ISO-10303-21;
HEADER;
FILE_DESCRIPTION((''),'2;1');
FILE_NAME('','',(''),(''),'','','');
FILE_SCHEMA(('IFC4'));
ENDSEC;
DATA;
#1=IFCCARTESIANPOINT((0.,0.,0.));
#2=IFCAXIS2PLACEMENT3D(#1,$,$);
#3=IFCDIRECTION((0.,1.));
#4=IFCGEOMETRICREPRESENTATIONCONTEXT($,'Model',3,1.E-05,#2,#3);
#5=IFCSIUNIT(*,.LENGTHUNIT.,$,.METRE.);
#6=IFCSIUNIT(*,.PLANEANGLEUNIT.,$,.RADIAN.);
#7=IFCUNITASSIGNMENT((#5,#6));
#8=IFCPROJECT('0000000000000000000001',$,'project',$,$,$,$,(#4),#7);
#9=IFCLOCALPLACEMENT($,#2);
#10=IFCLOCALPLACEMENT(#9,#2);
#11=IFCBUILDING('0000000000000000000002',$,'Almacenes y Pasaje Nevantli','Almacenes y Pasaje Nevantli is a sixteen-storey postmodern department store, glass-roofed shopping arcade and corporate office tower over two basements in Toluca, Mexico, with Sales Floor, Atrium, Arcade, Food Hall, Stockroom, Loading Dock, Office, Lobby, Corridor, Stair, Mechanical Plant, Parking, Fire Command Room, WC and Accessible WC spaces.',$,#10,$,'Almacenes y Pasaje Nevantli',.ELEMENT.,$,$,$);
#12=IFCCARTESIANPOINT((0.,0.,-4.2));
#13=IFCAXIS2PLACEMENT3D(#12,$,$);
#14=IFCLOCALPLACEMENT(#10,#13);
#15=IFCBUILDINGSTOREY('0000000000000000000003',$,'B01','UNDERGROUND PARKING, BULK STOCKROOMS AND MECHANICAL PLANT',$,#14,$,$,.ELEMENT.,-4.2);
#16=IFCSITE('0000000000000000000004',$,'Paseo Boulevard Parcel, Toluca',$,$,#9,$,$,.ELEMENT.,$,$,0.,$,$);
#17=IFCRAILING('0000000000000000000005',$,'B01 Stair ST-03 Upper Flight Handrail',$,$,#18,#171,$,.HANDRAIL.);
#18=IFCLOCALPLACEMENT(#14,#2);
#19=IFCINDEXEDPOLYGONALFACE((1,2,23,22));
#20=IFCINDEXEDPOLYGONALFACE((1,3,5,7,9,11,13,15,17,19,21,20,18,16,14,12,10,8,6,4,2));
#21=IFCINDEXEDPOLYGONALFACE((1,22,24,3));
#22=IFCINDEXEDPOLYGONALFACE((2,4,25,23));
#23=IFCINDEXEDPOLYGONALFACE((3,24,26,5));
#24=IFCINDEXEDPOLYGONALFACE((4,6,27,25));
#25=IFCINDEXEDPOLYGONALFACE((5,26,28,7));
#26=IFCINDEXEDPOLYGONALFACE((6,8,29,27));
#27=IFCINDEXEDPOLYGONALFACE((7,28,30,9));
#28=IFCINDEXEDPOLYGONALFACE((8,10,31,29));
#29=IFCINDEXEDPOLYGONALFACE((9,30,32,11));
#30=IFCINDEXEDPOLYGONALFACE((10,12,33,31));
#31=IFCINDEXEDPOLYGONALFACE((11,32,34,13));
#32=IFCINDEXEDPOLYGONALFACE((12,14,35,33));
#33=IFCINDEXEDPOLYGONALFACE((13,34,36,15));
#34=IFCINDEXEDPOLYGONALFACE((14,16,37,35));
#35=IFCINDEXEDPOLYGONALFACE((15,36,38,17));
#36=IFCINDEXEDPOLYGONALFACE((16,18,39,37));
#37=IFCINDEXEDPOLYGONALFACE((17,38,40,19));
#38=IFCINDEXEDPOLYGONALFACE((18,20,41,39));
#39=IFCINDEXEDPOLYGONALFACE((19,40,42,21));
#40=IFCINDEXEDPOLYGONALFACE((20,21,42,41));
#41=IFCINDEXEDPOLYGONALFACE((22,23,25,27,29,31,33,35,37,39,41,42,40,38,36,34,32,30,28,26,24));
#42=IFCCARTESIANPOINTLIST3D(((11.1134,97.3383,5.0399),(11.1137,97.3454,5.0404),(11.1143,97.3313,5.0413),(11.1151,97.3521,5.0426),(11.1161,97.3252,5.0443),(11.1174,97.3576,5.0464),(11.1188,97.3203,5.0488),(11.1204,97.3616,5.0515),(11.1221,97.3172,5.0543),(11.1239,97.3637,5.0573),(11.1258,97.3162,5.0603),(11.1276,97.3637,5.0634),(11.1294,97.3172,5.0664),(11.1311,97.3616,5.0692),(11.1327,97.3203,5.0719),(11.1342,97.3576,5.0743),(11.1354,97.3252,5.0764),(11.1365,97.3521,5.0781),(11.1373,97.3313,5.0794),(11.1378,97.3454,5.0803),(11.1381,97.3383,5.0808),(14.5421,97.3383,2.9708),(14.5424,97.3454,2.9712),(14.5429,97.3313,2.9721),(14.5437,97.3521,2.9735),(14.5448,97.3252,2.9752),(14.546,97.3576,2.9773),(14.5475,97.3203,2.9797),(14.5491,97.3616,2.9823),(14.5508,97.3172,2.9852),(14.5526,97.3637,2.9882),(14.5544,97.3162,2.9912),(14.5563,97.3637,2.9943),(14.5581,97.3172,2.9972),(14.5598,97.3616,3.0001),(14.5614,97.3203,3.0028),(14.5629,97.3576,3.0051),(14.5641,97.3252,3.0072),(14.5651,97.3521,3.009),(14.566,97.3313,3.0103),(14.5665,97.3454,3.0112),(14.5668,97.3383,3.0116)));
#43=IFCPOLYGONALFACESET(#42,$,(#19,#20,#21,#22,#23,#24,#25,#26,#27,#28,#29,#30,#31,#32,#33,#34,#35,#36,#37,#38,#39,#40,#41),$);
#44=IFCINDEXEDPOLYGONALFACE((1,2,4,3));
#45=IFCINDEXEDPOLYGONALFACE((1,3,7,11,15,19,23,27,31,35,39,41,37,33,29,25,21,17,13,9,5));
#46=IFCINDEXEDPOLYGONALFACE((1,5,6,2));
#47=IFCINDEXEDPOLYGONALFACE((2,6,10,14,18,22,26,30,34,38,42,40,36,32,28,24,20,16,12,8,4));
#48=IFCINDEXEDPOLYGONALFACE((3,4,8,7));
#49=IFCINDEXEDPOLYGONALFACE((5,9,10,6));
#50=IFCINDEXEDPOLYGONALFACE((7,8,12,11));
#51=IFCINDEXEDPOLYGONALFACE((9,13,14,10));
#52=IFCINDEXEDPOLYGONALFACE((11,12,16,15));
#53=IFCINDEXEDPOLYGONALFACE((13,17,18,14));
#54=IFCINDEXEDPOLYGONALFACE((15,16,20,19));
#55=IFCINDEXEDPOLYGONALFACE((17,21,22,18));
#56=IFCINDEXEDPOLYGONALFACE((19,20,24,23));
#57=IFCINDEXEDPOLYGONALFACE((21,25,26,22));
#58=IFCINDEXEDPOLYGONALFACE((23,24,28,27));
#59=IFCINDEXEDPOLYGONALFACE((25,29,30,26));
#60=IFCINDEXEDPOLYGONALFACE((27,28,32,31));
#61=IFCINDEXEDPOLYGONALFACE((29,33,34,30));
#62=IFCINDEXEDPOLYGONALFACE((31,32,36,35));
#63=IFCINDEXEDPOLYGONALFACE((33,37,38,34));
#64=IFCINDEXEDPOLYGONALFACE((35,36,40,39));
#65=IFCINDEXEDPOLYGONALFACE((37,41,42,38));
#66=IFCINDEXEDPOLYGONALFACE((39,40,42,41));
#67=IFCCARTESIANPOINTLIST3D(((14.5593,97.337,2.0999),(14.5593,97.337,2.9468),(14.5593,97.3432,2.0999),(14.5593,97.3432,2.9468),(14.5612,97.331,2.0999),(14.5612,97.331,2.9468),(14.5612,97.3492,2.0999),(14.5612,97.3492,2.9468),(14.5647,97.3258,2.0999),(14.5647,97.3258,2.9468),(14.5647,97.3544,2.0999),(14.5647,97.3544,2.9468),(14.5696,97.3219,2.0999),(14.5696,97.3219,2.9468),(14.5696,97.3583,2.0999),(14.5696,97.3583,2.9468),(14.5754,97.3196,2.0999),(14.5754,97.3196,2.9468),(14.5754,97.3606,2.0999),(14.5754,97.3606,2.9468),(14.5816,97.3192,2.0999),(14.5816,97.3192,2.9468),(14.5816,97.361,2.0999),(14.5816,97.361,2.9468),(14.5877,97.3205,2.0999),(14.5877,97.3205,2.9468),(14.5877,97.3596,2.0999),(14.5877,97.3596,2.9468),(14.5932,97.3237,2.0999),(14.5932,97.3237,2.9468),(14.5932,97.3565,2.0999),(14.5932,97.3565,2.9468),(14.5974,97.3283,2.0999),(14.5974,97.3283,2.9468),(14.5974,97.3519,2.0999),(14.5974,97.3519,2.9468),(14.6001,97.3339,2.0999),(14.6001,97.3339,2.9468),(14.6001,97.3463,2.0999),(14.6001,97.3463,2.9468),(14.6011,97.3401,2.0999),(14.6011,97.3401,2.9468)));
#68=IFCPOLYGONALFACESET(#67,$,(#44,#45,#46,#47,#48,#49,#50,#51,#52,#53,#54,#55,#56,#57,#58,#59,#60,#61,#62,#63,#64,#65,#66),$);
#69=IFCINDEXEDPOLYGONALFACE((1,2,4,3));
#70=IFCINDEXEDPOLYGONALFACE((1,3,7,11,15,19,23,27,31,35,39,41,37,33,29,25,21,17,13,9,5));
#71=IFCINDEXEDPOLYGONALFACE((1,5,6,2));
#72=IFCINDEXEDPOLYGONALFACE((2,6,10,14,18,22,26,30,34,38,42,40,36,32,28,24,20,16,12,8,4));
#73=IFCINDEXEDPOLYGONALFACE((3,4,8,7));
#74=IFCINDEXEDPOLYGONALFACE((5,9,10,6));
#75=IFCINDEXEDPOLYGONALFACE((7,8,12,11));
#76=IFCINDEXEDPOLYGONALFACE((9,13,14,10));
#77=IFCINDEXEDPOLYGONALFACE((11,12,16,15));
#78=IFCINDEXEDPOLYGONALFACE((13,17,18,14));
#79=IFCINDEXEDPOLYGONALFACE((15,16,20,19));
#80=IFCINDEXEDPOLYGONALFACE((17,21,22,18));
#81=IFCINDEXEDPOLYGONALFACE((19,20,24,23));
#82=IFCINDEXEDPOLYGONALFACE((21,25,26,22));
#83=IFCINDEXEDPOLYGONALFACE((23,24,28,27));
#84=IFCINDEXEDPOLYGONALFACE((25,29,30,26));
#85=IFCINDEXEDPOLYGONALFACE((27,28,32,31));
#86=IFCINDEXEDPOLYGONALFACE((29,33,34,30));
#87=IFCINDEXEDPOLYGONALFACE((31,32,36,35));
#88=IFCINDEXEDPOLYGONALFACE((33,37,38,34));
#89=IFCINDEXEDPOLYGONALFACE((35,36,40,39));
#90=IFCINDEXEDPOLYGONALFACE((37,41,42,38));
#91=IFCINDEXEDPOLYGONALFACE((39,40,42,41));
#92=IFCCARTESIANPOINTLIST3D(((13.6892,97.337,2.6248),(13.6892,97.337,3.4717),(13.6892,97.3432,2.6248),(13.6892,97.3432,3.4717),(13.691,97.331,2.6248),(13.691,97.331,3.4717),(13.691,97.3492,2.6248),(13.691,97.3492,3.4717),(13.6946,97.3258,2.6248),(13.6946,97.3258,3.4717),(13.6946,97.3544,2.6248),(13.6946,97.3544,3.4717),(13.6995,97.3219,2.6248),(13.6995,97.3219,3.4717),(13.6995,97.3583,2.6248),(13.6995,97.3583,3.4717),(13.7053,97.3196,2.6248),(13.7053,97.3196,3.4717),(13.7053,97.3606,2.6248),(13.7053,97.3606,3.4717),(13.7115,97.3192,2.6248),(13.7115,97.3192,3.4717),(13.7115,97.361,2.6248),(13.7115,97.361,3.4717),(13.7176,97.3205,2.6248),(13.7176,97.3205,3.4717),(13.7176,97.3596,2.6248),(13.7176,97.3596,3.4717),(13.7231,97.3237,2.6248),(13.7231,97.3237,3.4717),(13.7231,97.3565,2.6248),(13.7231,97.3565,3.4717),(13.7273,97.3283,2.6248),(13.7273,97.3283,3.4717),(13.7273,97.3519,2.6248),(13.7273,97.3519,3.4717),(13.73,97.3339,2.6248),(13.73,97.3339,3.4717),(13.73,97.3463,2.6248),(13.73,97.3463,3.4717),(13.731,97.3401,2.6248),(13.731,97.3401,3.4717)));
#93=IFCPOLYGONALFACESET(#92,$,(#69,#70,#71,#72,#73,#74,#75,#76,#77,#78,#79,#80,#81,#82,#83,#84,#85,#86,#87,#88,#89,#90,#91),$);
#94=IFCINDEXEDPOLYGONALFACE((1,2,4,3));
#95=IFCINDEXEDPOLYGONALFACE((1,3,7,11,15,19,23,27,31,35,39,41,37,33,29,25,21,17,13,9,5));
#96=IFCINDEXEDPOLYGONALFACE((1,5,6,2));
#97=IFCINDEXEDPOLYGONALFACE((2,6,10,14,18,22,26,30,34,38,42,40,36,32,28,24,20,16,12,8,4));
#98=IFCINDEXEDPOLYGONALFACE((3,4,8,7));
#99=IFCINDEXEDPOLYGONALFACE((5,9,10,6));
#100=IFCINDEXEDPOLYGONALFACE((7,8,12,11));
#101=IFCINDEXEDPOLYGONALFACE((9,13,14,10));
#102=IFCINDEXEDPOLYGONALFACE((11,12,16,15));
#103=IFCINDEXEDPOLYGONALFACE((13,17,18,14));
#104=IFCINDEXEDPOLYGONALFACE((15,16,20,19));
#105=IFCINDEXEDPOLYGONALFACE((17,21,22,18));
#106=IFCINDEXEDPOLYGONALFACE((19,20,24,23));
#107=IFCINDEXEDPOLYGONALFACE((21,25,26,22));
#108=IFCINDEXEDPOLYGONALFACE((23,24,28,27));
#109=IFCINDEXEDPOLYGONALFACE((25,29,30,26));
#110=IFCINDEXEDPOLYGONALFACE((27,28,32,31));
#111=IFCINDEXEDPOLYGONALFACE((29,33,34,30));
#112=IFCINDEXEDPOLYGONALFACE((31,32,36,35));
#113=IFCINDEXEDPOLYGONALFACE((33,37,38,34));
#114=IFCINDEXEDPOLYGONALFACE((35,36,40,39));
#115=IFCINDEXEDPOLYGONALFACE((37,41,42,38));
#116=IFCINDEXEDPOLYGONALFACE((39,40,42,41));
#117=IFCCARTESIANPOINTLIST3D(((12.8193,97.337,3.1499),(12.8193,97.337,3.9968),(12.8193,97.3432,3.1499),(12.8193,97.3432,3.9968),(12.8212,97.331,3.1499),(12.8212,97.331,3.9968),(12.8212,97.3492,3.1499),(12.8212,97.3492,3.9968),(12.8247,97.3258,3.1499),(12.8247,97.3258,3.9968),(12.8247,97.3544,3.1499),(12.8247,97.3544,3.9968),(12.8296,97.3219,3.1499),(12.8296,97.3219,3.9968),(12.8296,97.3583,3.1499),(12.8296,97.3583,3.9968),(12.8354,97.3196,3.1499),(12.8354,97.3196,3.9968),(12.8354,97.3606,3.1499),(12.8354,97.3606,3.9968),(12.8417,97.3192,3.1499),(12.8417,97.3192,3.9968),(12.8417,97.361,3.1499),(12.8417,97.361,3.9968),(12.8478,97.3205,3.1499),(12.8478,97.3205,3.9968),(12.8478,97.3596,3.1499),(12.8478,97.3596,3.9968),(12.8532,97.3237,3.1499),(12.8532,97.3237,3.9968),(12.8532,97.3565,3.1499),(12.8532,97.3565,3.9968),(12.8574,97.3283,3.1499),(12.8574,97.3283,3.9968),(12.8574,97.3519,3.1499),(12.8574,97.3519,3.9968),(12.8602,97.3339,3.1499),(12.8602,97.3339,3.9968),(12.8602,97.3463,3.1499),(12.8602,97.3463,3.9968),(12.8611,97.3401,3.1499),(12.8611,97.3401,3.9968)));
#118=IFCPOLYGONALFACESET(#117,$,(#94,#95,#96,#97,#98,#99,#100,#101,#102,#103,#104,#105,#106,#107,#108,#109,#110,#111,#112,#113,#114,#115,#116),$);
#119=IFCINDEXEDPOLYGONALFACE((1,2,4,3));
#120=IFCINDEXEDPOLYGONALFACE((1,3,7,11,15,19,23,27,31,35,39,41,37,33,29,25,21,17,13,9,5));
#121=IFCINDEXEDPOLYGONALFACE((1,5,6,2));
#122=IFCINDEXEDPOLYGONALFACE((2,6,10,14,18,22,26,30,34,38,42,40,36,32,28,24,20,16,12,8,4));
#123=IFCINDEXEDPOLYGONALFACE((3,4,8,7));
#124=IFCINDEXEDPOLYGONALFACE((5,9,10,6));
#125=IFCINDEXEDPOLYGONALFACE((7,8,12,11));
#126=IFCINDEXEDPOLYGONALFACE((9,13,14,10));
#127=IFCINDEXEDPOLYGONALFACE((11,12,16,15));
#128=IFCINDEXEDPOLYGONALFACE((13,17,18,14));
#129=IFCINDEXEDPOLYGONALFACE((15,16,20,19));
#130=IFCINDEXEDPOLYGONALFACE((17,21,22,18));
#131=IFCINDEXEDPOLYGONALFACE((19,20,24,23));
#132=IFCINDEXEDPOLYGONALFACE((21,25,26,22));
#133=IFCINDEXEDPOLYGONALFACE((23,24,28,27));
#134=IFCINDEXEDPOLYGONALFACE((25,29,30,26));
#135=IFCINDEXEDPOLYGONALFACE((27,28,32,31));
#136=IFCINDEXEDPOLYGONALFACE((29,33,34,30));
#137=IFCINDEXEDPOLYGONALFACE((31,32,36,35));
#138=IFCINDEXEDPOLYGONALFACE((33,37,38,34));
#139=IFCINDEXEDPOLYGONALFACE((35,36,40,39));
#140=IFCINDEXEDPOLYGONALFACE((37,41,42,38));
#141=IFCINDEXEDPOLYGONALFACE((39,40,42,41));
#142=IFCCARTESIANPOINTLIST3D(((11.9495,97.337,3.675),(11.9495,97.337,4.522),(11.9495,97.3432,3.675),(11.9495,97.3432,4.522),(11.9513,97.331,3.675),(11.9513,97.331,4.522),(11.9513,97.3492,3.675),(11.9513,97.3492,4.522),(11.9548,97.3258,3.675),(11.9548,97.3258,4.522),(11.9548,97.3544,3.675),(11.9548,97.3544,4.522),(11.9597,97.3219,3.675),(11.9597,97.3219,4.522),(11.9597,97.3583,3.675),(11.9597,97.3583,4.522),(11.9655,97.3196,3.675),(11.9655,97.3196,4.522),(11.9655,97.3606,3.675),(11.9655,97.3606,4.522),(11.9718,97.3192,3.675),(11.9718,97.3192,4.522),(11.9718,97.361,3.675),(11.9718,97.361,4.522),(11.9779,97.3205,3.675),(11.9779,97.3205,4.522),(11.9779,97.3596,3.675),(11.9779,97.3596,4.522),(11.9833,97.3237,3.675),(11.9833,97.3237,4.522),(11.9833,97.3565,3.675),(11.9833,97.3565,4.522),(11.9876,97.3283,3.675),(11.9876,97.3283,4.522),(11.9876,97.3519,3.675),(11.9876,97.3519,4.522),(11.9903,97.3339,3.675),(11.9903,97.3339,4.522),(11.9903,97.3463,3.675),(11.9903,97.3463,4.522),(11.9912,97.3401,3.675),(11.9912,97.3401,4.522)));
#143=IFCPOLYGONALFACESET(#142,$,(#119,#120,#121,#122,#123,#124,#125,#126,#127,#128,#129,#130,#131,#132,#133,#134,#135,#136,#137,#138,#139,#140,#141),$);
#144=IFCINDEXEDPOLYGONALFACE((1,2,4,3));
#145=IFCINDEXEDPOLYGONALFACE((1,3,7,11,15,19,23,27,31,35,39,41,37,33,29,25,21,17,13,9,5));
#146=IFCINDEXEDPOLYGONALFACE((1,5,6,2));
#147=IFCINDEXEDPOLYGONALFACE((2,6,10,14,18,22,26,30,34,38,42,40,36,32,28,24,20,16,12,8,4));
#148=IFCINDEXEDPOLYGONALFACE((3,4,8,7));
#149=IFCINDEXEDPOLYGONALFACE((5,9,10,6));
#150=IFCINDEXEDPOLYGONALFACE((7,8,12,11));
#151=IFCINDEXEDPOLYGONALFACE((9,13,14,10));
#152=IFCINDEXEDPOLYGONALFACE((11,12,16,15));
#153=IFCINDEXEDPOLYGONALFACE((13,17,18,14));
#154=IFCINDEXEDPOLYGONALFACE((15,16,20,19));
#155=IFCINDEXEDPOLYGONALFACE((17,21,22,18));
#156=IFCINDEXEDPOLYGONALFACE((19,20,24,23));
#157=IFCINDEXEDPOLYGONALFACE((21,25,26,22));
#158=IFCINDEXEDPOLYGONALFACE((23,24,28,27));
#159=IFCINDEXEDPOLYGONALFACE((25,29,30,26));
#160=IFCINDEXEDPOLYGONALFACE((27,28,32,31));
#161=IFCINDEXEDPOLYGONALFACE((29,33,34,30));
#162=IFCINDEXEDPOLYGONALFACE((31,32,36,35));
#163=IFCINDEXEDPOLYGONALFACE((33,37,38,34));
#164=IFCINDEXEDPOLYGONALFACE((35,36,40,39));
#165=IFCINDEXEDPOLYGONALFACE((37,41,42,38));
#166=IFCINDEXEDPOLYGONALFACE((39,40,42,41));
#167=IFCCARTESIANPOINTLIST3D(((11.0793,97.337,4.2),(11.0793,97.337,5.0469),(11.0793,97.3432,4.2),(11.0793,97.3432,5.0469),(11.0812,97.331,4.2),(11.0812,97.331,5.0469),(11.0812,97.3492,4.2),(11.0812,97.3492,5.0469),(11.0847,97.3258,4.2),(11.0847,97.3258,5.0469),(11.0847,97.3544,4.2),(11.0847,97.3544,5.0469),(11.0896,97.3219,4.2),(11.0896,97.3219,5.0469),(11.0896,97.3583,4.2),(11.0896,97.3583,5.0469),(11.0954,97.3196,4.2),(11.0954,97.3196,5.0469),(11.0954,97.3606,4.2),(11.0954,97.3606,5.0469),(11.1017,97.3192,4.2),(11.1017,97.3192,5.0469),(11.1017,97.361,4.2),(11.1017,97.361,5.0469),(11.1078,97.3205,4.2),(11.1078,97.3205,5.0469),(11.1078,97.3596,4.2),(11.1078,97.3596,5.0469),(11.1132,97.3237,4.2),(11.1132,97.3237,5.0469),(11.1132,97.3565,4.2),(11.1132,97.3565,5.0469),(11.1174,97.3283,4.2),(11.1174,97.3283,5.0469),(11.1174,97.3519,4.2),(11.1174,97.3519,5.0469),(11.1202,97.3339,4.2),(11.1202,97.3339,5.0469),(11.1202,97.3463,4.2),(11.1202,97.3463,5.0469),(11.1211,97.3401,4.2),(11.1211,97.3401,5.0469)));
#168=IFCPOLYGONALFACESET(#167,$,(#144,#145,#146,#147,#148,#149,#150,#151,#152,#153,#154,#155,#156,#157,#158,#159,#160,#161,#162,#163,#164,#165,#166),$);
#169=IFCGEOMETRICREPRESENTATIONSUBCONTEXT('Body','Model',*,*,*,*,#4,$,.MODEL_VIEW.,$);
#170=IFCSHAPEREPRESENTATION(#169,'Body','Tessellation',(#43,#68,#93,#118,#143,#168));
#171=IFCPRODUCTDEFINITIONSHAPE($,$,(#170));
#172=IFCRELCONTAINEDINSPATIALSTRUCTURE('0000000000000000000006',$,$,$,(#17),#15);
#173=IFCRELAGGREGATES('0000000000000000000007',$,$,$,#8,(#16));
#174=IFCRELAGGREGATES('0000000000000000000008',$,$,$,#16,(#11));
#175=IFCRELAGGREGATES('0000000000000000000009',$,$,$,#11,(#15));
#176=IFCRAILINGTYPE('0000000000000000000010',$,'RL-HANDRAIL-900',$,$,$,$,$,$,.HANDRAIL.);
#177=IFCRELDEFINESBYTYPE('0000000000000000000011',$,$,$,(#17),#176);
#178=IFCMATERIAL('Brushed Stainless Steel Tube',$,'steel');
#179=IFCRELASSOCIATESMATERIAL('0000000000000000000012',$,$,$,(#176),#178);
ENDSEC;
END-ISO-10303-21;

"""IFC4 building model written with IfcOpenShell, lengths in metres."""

from ifc_helpers import new_model, si_unit, direction, frame, origin, origin_2d, place, context, subcontext, project, spatial, circle, extrude, material, type_object, element, save


model = new_model("IFC4")

# Units and contexts
model_context = context("Model", 3, precision=1e-05, world=origin(), true_north=direction((0.0, 1.0)))
body_context = subcontext(model_context, "Body", "Model", "MODEL_VIEW")
ifc_project = project(units=[si_unit("LENGTHUNIT", "METRE"), si_unit("PLANEANGLEUNIT", "RADIAN")], contexts=[model_context])

# Site, building, storey
site_placement = place(None, origin())
site = spatial("IfcSite", under=ifc_project, at=site_placement, Name="Paseo Boulevard Parcel, Toluca", CompositionType="ELEMENT", RefElevation=0.0)
building_placement = place(site_placement, origin())
building = spatial("IfcBuilding", under=site, at=building_placement, Name="Almacenes y Pasaje Nevantli", Description="Almacenes y Pasaje Nevantli is a sixteen-storey postmodern department store, glass-roofed shopping arcade and corporate office tower over two basements in Toluca, Mexico, with Sales Floor, Atrium, Arcade, Food Hall, Stockroom, Loading Dock, Office, Lobby, Corridor, Stair, Mechanical Plant, Parking, Fire Command Room, WC and Accessible WC spaces.", LongName="Almacenes y Pasaje Nevantli", CompositionType="ELEMENT")
storey_placement = place(building_placement, frame((0.0, 0.0, -4.2)))
storey = spatial("IfcBuildingStorey", under=building, at=storey_placement, Name="B01", Description="UNDERGROUND PARKING, BULK STOCKROOMS AND MECHANICAL PLANT", CompositionType="ELEMENT", Elevation=-4.2)

# Railing
ifc_material_1 = material(Name="Brushed Stainless Steel Tube", Category="steel")
railing_type = type_object("IfcRailingType", Name="RL-HANDRAIL-900", PredefinedType="HANDRAIL", material=ifc_material_1)
railing_placement = place(storey_placement, frame((14.5801, 97.3401, 2.0999)))
element("IfcRailing", 1, at=railing_placement, inside=storey, type_object=railing_type, Name="B01 Stair ST-03 Upper Flight Handrail", PredefinedType="HANDRAIL", context=body_context, shape_type="SweptSolid", body=[
    extrude(circle(Radius=0.0239, at=origin_2d()), frame((-0.0256, 0.0, 0.8914), z_axis=(-0.856176, 0.0, 0.516685), x_axis=(0.0, -1.0, 0.0)), (0.0, 0.0, 1.0), 4.0046),
    extrude(circle(Radius=0.021, at=origin_2d()), origin(), (0.0, 0.0, 1.0), 0.8469),
    extrude(circle(Radius=0.021, at=origin_2d()), frame((-0.8701, 0.0, 0.5249)), (0.0, 0.0, 1.0), 0.8469),
    extrude(circle(Radius=0.021, at=origin_2d()), frame((-1.74, 0.0, 1.05)), (0.0, 0.0, 1.0), 0.8469),
    extrude(circle(Radius=0.021, at=origin_2d()), frame((-2.6099, 0.0, 1.5752)), (0.0, 0.0, 1.0), 0.8469),
    extrude(circle(Radius=0.021, at=origin_2d()), frame((-3.48, 0.0, 2.1001)), (0.0, 0.0, 1.0), 0.8469),
])

save(model, "model.ifc")
